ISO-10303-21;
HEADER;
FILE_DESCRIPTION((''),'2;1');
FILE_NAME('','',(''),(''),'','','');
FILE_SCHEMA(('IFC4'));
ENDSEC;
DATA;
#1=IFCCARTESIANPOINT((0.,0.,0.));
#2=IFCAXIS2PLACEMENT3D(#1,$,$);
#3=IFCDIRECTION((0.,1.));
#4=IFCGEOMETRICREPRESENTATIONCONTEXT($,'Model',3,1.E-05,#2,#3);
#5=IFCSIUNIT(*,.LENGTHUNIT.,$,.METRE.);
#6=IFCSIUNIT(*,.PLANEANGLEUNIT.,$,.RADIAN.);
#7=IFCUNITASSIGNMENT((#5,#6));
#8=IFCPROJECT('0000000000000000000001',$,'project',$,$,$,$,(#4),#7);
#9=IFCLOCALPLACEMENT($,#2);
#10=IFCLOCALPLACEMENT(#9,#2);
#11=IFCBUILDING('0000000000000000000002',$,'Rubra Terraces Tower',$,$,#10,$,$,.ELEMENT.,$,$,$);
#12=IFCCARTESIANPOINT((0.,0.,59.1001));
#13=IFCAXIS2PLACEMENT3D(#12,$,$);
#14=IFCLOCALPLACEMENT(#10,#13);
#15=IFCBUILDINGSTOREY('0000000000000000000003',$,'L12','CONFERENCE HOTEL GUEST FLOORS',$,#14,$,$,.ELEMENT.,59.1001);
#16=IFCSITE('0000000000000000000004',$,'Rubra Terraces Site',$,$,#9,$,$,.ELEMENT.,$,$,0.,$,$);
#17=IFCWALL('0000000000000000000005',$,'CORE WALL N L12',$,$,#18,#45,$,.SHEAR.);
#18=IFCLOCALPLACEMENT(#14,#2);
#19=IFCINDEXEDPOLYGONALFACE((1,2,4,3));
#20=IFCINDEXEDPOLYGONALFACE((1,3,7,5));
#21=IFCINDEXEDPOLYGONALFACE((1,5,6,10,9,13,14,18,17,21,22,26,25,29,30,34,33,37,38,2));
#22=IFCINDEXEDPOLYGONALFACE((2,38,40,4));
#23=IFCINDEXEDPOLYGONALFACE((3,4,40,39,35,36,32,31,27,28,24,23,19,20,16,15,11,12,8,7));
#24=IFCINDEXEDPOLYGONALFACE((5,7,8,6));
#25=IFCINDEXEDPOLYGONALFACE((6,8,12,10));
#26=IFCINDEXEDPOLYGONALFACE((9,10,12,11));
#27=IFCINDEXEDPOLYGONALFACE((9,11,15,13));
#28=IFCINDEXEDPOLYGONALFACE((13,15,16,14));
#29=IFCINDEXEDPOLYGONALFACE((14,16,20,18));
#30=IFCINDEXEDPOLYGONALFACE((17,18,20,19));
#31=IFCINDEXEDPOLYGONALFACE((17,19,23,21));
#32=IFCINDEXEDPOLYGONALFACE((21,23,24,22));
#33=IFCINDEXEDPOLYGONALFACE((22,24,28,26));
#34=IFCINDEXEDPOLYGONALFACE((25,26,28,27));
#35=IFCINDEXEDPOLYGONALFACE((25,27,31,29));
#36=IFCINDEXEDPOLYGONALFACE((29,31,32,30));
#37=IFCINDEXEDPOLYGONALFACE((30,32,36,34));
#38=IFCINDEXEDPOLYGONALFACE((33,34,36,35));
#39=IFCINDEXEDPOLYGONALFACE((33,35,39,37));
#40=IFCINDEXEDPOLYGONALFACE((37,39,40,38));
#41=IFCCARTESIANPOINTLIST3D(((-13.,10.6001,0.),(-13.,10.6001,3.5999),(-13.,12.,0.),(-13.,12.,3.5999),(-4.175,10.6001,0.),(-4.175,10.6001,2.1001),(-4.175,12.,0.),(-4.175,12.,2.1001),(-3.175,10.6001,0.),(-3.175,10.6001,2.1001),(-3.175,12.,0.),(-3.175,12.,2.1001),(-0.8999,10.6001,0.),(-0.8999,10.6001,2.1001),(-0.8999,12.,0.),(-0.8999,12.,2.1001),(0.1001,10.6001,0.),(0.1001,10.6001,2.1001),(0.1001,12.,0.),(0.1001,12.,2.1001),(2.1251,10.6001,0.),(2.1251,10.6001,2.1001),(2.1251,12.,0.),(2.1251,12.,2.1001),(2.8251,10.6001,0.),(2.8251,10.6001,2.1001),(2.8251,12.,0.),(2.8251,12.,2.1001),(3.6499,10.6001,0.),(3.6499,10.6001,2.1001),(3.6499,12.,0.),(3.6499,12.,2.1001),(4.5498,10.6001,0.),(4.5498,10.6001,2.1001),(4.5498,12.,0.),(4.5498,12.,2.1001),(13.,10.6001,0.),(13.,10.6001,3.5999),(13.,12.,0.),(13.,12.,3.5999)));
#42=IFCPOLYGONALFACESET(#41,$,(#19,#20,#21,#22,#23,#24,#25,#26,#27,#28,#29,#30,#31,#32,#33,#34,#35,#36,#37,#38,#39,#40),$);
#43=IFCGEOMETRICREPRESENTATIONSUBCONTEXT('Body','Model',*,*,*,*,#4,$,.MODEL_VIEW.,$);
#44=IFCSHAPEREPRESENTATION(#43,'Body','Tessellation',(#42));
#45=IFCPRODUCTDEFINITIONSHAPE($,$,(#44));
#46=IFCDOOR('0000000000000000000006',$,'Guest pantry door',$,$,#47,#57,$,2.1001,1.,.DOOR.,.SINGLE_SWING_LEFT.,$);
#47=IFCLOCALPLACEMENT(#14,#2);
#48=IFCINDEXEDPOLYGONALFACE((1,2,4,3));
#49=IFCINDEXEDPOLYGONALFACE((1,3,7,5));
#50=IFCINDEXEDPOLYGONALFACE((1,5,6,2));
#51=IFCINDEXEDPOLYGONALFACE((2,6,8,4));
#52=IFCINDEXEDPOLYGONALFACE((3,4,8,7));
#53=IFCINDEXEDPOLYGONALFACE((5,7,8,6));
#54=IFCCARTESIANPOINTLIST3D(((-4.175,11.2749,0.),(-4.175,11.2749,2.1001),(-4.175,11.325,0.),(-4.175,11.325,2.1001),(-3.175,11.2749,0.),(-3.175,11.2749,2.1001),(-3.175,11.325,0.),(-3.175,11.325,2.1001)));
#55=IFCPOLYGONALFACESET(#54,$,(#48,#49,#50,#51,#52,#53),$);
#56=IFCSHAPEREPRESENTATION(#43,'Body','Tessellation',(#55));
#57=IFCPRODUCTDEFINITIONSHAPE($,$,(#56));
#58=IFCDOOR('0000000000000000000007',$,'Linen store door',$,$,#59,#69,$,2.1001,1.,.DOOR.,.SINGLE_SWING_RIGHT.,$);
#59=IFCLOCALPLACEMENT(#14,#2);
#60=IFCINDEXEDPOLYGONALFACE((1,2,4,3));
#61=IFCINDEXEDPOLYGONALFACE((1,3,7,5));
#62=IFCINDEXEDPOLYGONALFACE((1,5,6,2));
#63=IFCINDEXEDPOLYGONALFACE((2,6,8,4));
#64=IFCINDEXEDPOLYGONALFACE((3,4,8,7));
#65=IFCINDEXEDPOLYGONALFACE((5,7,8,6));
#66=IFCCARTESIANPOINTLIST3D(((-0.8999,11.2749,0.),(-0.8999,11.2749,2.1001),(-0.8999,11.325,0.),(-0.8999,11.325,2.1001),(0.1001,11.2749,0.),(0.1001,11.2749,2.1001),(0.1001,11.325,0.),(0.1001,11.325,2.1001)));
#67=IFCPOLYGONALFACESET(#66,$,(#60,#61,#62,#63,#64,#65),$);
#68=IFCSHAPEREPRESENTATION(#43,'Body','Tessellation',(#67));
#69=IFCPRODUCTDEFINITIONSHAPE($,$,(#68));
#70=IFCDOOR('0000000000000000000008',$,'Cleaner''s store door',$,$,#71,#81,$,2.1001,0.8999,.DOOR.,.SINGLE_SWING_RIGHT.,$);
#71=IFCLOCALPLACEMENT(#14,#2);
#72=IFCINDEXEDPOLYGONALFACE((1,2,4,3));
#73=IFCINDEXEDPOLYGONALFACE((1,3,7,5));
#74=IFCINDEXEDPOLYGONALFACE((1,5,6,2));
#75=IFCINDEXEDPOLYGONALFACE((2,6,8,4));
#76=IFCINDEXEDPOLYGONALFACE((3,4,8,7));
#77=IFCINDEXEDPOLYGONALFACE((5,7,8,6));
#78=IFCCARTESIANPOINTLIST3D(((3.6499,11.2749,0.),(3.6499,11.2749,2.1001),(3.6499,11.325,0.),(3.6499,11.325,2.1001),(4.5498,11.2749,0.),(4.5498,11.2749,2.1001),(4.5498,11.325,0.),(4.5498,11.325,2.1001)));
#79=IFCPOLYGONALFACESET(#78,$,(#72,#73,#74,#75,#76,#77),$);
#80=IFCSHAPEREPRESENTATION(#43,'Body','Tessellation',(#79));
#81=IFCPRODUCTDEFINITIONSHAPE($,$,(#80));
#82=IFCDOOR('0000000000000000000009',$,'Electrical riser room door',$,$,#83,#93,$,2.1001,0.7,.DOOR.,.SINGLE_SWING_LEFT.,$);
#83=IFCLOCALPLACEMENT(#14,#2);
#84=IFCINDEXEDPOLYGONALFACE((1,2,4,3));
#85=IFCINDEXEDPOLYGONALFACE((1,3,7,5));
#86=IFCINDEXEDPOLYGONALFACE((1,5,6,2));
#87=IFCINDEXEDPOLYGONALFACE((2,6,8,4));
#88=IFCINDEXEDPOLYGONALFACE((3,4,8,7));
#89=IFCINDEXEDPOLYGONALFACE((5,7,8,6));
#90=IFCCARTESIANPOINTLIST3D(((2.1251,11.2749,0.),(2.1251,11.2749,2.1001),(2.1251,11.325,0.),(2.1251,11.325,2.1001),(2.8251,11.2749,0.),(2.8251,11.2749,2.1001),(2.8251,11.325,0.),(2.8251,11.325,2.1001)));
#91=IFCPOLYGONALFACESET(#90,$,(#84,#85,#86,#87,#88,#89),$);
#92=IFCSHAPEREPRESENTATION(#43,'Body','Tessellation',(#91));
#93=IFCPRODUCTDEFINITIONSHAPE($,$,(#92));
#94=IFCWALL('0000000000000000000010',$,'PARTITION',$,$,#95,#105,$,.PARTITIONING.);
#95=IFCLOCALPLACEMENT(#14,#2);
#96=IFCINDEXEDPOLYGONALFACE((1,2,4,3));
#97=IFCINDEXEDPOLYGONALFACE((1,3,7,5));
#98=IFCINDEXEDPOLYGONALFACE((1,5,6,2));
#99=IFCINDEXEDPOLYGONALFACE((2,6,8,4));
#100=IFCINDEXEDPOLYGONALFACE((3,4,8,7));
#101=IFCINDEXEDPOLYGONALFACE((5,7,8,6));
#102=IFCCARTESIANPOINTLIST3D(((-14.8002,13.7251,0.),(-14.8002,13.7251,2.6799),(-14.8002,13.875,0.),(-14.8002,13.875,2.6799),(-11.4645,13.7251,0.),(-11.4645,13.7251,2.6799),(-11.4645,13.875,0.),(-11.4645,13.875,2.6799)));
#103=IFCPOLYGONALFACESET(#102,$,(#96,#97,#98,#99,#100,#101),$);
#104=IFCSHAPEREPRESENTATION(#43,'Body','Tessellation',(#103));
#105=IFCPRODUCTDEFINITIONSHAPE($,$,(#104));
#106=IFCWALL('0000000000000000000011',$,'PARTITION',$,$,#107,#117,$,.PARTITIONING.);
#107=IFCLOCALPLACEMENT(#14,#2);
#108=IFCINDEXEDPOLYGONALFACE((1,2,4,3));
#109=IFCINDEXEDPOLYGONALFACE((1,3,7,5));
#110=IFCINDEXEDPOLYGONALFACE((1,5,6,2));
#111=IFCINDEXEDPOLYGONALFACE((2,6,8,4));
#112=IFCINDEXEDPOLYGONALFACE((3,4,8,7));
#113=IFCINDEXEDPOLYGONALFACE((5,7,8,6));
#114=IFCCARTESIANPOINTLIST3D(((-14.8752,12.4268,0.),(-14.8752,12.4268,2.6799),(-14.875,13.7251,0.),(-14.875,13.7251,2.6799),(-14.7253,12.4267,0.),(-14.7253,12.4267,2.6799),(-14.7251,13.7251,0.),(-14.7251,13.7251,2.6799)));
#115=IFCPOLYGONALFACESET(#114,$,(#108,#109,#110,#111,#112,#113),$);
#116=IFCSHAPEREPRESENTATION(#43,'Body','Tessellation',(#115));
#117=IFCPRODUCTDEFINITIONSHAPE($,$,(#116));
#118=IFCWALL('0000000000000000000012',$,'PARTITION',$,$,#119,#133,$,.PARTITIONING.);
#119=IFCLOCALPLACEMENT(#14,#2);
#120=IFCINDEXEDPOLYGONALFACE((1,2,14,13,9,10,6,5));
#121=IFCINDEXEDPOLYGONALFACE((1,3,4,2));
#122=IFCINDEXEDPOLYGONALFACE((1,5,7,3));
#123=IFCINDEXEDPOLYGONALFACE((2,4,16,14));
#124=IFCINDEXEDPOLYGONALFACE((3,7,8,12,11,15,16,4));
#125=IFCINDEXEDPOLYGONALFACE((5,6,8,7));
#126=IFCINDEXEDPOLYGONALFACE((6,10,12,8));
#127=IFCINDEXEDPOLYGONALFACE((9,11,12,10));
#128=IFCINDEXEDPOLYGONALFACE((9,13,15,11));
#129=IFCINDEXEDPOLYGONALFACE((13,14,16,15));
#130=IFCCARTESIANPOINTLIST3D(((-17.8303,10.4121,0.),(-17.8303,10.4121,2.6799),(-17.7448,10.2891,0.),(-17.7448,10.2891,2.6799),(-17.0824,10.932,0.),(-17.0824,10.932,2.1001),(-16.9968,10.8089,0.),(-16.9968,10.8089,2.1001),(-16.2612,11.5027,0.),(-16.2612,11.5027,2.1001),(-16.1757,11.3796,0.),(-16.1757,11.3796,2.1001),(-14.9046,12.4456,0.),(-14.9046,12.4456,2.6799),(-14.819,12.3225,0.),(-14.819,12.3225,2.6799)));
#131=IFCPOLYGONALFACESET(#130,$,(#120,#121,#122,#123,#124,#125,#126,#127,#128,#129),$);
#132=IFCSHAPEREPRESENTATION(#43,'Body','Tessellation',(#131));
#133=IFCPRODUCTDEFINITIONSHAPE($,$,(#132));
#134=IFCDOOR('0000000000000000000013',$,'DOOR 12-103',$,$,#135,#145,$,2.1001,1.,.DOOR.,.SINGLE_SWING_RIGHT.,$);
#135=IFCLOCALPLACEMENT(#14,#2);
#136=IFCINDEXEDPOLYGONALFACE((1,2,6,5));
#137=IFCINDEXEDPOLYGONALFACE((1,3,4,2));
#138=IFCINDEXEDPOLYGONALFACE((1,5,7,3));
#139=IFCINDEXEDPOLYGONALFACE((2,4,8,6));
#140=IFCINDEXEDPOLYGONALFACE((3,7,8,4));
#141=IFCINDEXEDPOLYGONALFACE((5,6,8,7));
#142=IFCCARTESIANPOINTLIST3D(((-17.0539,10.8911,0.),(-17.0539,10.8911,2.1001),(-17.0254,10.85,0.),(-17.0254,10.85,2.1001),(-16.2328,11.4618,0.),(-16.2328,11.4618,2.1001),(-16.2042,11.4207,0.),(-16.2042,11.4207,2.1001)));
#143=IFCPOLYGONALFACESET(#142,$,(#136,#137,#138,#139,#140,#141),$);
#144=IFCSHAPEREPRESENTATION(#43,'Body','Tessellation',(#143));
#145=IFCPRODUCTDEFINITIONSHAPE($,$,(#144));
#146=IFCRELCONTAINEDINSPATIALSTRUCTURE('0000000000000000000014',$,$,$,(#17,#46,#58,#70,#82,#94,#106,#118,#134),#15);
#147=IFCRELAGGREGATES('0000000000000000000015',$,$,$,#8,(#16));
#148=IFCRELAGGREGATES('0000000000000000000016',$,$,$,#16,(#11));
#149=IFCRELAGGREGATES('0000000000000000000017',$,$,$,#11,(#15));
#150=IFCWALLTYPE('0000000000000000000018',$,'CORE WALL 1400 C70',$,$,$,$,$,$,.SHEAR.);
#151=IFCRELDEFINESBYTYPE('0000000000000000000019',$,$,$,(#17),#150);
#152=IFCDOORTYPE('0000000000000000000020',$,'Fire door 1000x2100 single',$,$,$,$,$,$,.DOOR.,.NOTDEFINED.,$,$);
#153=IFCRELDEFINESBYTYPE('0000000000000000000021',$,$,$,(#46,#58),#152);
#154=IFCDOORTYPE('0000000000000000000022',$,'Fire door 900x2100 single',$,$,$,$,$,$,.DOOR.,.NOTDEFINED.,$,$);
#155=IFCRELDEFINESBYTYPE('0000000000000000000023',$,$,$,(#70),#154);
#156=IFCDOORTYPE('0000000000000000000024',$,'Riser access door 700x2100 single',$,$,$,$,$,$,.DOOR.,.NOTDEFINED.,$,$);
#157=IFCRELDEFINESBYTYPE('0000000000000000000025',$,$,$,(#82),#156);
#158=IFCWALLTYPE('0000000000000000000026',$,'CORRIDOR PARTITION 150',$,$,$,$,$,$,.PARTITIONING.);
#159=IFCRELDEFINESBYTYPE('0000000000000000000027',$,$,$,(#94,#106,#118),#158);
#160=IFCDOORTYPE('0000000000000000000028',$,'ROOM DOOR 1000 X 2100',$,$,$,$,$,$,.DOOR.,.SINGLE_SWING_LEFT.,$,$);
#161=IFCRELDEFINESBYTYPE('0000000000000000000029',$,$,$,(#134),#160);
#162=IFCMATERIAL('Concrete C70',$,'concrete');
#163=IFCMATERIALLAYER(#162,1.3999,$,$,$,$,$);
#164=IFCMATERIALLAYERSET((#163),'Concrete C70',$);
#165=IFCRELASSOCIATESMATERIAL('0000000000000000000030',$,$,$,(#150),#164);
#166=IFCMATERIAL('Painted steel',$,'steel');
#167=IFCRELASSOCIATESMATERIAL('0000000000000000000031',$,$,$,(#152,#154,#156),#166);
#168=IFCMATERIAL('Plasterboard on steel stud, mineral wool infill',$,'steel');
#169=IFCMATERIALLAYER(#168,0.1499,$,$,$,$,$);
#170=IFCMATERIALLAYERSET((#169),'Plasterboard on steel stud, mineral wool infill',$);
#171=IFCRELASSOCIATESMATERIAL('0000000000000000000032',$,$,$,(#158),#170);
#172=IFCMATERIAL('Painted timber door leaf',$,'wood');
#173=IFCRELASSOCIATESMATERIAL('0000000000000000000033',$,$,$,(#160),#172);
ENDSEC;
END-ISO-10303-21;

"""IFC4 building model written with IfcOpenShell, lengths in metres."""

from ifc_helpers import new_model, si_unit, direction, frame, frame_2d, origin, place, context, subcontext, project, spatial, rectangle, extrude, material, layer, layer_set, type_object, element, fill, save


model = new_model("IFC4")

# Units and contexts
model_context = context("Model", 3, precision=1e-05, world=origin(), true_north=direction((0.0, 1.0)))
body_context = subcontext(model_context, "Body", "Model", "MODEL_VIEW")
ifc_project = project(units=[si_unit("LENGTHUNIT", "METRE"), si_unit("PLANEANGLEUNIT", "RADIAN")], contexts=[model_context])

# Site, building, storey
site_placement = place(None, origin())
site = spatial("IfcSite", under=ifc_project, at=site_placement, Name="Rubra Terraces Site", CompositionType="ELEMENT", RefElevation=0.0)
building_placement = place(site_placement, origin())
building = spatial("IfcBuilding", under=site, at=building_placement, Name="Rubra Terraces Tower", CompositionType="ELEMENT")
storey_placement = place(building_placement, frame((0.0, 0.0, 59.1001)))
storey = spatial("IfcBuildingStorey", under=building, at=storey_placement, Name="L12", Description="CONFERENCE HOTEL GUEST FLOORS", CompositionType="ELEMENT", Elevation=59.1001)

# Wall, openings, doors
ifc_material_1 = material(Name="Concrete C70", Category="concrete")
ifc_layer_1 = layer(ifc_material_1, 1.3999)
ifc_layer_set_1 = layer_set([ifc_layer_1], Name="Concrete C70")
wall_type_1 = type_object("IfcWallType", Name="CORE WALL 1400 C70", PredefinedType="SHEAR", material=ifc_layer_set_1)
wall_1_placement = place(storey_placement, frame((-13.0, 11.3, 0.0), z_axis=(0.0, 0.0, 1.0), x_axis=(1.0, 0.0, 0.0)))
wall_1 = element("IfcWall", 1, at=wall_1_placement, inside=storey, type_object=wall_type_1, Name="CORE WALL N L12", PredefinedType="SHEAR", context=body_context, shape_type="SweptSolid", body=[
    extrude(rectangle(XDim=26.0, YDim=1.3999, at=frame_2d((13.0, 0.0))), origin(), (0.0, 0.0, 1.0), 3.5999),
])
opening_1_placement = place(wall_1_placement, frame((8.825, 0.0, 0.0)))
opening_1 = element("IfcOpeningElement", 2, at=opening_1_placement, cuts=wall_1, PredefinedType="OPENING", context=body_context, shape_type="SweptSolid", body=[
    extrude(rectangle(XDim=1.0, YDim=2.1001, at=frame_2d((0.5, 1.05))), frame((0.0, 0.71, 0.0), z_axis=(0.0, -1.0, 0.0), x_axis=(1.0, 0.0, 0.0)), (0.0, 0.0, 1.0), 1.4199),
])
opening_2_placement = place(wall_1_placement, frame((12.1001, 0.0, 0.0)))
opening_2 = element("IfcOpeningElement", 3, at=opening_2_placement, cuts=wall_1, PredefinedType="OPENING", context=body_context, shape_type="SweptSolid", body=[
    extrude(rectangle(XDim=1.0, YDim=2.1001, at=frame_2d((0.5, 1.05))), frame((0.0, 0.71, 0.0), z_axis=(0.0, -1.0, 0.0), x_axis=(1.0, 0.0, 0.0)), (0.0, 0.0, 1.0), 1.4199),
])
opening_3_placement = place(wall_1_placement, frame((15.125, 0.0, 0.0)))
opening_3 = element("IfcOpeningElement", 4, at=opening_3_placement, cuts=wall_1, PredefinedType="OPENING", context=body_context, shape_type="SweptSolid", body=[
    extrude(rectangle(XDim=0.7, YDim=2.1001, at=frame_2d((0.3501, 1.05))), frame((0.0, 0.71, 0.0), z_axis=(0.0, -1.0, 0.0), x_axis=(1.0, 0.0, 0.0)), (0.0, 0.0, 1.0), 1.4199),
])
opening_4_placement = place(wall_1_placement, frame((16.6499, 0.0, 0.0)))
opening_4 = element("IfcOpeningElement", 5, at=opening_4_placement, cuts=wall_1, PredefinedType="OPENING", context=body_context, shape_type="SweptSolid", body=[
    extrude(rectangle(XDim=0.8999, YDim=2.1001, at=frame_2d((0.45, 1.05))), frame((0.0, 0.71, 0.0), z_axis=(0.0, -1.0, 0.0), x_axis=(1.0, 0.0, 0.0)), (0.0, 0.0, 1.0), 1.4199),
])
ifc_material_2 = material(Name="Painted steel", Category="steel")
door_type_1 = type_object("IfcDoorType", Name="Fire door 1000x2100 single", OperationType="NOTDEFINED", PredefinedType="DOOR", material=ifc_material_2)
door_1_placement = place(opening_1_placement, origin())
door_1 = element("IfcDoor", 6, at=door_1_placement, inside=storey, type_object=door_type_1, Name="Guest pantry door", OperationType="SINGLE_SWING_LEFT", OverallHeight=2.1001, OverallWidth=1.0, PredefinedType="DOOR", context=body_context, shape_type="SweptSolid", body=[
    extrude(rectangle(XDim=1.0, YDim=2.1001, at=frame_2d((0.5, 1.05))), frame((0.0, 0.0249, 0.0), z_axis=(0.0, -1.0, 0.0), x_axis=(1.0, 0.0, 0.0)), (0.0, 0.0, 1.0), 0.05),
])
fill(opening_1, door_1)
door_2_placement = place(opening_2_placement, origin())
door_2 = element("IfcDoor", 7, at=door_2_placement, inside=storey, type_object=door_type_1, Name="Linen store door", OperationType="SINGLE_SWING_RIGHT", OverallHeight=2.1001, OverallWidth=1.0, PredefinedType="DOOR", context=body_context, shape_type="SweptSolid", body=[
    extrude(rectangle(XDim=1.0, YDim=2.1001, at=frame_2d((0.5, 1.05))), frame((0.0, 0.0249, 0.0), z_axis=(0.0, -1.0, 0.0), x_axis=(1.0, 0.0, 0.0)), (0.0, 0.0, 1.0), 0.05),
])
fill(opening_2, door_2)
door_type_2 = type_object("IfcDoorType", Name="Fire door 900x2100 single", OperationType="NOTDEFINED", PredefinedType="DOOR", material=ifc_material_2)
door_3_placement = place(opening_4_placement, origin())
door_3 = element("IfcDoor", 8, at=door_3_placement, inside=storey, type_object=door_type_2, Name="Cleaner's store door", OperationType="SINGLE_SWING_RIGHT", OverallHeight=2.1001, OverallWidth=0.8999, PredefinedType="DOOR", context=body_context, shape_type="SweptSolid", body=[
    extrude(rectangle(XDim=0.8999, YDim=2.1001, at=frame_2d((0.45, 1.05))), frame((0.0, 0.0249, 0.0), z_axis=(0.0, -1.0, 0.0), x_axis=(1.0, 0.0, 0.0)), (0.0, 0.0, 1.0), 0.05),
])
fill(opening_4, door_3)
door_type_3 = type_object("IfcDoorType", Name="Riser access door 700x2100 single", OperationType="NOTDEFINED", PredefinedType="DOOR", material=ifc_material_2)
door_4_placement = place(opening_3_placement, origin())
door_4 = element("IfcDoor", 9, at=door_4_placement, inside=storey, type_object=door_type_3, Name="Electrical riser room door", OperationType="SINGLE_SWING_LEFT", OverallHeight=2.1001, OverallWidth=0.7, PredefinedType="DOOR", context=body_context, shape_type="SweptSolid", body=[
    extrude(rectangle(XDim=0.7, YDim=2.1001, at=frame_2d((0.3501, 1.05))), frame((0.0, 0.0249, 0.0), z_axis=(0.0, -1.0, 0.0), x_axis=(1.0, 0.0, 0.0)), (0.0, 0.0, 1.0), 0.05),
])
fill(opening_3, door_4)

# Walls
ifc_material_3 = material(Name="Plasterboard on steel stud, mineral wool infill", Category="steel")
ifc_layer_2 = layer(ifc_material_3, 0.1499)
ifc_layer_set_2 = layer_set([ifc_layer_2], Name="Plasterboard on steel stud, mineral wool infill")
wall_type_2 = type_object("IfcWallType", Name="CORRIDOR PARTITION 150", PredefinedType="PARTITIONING", material=ifc_layer_set_2)
wall_2_placement = place(storey_placement, frame((-11.4644, 13.8, 0.0), z_axis=(0.0, 0.0, 1.0), x_axis=(-1.0, 0.0, 0.0)))
element("IfcWall", 10, at=wall_2_placement, inside=storey, type_object=wall_type_2, Name="PARTITION", PredefinedType="PARTITIONING", context=body_context, shape_type="SweptSolid", body=[
    extrude(rectangle(XDim=3.3357, YDim=0.1499, at=frame_2d((1.668, 0.0))), origin(), (0.0, 0.0, 1.0), 2.6799),
])
wall_3_placement = place(storey_placement, frame((-14.8, 13.7251, 0.0), z_axis=(0.0, 0.0, 1.0), x_axis=(-0.000188, -1.0, 0.0)))
element("IfcWall", 11, at=wall_3_placement, inside=storey, type_object=wall_type_2, Name="PARTITION", PredefinedType="PARTITIONING", context=body_context, shape_type="SweptSolid", body=[
    extrude(rectangle(XDim=1.2983, YDim=0.1499, at=frame_2d((0.6492, 0.0))), origin(), (0.0, 0.0, 1.0), 2.6799),
])

# Wall, opening, door
wall_4_placement = place(storey_placement, frame((-14.8618, 12.384, 0.0), z_axis=(0.0, 0.0, 1.0), x_axis=(-0.821152, -0.570709, 0.0)))
wall_4 = element("IfcWall", 12, at=wall_4_placement, inside=storey, type_object=wall_type_2, Name="PARTITION", PredefinedType="PARTITIONING", context=body_context, shape_type="SweptSolid", body=[
    extrude(rectangle(XDim=3.563, YDim=0.1499, at=frame_2d((1.7815, 0.0))), origin(), (0.0, 0.0, 1.0), 2.6799),
])
opening_5_placement = place(wall_4_placement, frame((1.6521, 0.0, 0.0)))
opening_5 = element("IfcOpeningElement", 13, at=opening_5_placement, cuts=wall_4, PredefinedType="OPENING", context=body_context, shape_type="SweptSolid", body=[
    extrude(rectangle(XDim=1.0, YDim=2.1001, at=frame_2d((0.5, 1.05))), frame((0.0, 0.085, 0.0), z_axis=(0.0, -1.0, 0.0), x_axis=(1.0, 0.0, 0.0)), (0.0, 0.0, 1.0), 0.1699),
])
ifc_material_4 = material(Name="Painted timber door leaf", Category="wood")
door_type_4 = type_object("IfcDoorType", Name="ROOM DOOR 1000 X 2100", OperationType="SINGLE_SWING_LEFT", PredefinedType="DOOR", material=ifc_material_4)
door_5_placement = place(opening_5_placement, origin())
door_5 = element("IfcDoor", 14, at=door_5_placement, inside=storey, type_object=door_type_4, Name="DOOR 12-103", OperationType="SINGLE_SWING_RIGHT", OverallHeight=2.1001, OverallWidth=1.0, PredefinedType="DOOR", context=body_context, shape_type="SweptSolid", body=[
    extrude(rectangle(XDim=1.0, YDim=2.1001, at=frame_2d((0.5, 1.05))), frame((0.0, 0.0249, 0.0), z_axis=(0.0, -1.0, 0.0), x_axis=(1.0, 0.0, 0.0)), (0.0, 0.0, 1.0), 0.05),
])
fill(opening_5, door_5)

save(model, "model.ifc")
